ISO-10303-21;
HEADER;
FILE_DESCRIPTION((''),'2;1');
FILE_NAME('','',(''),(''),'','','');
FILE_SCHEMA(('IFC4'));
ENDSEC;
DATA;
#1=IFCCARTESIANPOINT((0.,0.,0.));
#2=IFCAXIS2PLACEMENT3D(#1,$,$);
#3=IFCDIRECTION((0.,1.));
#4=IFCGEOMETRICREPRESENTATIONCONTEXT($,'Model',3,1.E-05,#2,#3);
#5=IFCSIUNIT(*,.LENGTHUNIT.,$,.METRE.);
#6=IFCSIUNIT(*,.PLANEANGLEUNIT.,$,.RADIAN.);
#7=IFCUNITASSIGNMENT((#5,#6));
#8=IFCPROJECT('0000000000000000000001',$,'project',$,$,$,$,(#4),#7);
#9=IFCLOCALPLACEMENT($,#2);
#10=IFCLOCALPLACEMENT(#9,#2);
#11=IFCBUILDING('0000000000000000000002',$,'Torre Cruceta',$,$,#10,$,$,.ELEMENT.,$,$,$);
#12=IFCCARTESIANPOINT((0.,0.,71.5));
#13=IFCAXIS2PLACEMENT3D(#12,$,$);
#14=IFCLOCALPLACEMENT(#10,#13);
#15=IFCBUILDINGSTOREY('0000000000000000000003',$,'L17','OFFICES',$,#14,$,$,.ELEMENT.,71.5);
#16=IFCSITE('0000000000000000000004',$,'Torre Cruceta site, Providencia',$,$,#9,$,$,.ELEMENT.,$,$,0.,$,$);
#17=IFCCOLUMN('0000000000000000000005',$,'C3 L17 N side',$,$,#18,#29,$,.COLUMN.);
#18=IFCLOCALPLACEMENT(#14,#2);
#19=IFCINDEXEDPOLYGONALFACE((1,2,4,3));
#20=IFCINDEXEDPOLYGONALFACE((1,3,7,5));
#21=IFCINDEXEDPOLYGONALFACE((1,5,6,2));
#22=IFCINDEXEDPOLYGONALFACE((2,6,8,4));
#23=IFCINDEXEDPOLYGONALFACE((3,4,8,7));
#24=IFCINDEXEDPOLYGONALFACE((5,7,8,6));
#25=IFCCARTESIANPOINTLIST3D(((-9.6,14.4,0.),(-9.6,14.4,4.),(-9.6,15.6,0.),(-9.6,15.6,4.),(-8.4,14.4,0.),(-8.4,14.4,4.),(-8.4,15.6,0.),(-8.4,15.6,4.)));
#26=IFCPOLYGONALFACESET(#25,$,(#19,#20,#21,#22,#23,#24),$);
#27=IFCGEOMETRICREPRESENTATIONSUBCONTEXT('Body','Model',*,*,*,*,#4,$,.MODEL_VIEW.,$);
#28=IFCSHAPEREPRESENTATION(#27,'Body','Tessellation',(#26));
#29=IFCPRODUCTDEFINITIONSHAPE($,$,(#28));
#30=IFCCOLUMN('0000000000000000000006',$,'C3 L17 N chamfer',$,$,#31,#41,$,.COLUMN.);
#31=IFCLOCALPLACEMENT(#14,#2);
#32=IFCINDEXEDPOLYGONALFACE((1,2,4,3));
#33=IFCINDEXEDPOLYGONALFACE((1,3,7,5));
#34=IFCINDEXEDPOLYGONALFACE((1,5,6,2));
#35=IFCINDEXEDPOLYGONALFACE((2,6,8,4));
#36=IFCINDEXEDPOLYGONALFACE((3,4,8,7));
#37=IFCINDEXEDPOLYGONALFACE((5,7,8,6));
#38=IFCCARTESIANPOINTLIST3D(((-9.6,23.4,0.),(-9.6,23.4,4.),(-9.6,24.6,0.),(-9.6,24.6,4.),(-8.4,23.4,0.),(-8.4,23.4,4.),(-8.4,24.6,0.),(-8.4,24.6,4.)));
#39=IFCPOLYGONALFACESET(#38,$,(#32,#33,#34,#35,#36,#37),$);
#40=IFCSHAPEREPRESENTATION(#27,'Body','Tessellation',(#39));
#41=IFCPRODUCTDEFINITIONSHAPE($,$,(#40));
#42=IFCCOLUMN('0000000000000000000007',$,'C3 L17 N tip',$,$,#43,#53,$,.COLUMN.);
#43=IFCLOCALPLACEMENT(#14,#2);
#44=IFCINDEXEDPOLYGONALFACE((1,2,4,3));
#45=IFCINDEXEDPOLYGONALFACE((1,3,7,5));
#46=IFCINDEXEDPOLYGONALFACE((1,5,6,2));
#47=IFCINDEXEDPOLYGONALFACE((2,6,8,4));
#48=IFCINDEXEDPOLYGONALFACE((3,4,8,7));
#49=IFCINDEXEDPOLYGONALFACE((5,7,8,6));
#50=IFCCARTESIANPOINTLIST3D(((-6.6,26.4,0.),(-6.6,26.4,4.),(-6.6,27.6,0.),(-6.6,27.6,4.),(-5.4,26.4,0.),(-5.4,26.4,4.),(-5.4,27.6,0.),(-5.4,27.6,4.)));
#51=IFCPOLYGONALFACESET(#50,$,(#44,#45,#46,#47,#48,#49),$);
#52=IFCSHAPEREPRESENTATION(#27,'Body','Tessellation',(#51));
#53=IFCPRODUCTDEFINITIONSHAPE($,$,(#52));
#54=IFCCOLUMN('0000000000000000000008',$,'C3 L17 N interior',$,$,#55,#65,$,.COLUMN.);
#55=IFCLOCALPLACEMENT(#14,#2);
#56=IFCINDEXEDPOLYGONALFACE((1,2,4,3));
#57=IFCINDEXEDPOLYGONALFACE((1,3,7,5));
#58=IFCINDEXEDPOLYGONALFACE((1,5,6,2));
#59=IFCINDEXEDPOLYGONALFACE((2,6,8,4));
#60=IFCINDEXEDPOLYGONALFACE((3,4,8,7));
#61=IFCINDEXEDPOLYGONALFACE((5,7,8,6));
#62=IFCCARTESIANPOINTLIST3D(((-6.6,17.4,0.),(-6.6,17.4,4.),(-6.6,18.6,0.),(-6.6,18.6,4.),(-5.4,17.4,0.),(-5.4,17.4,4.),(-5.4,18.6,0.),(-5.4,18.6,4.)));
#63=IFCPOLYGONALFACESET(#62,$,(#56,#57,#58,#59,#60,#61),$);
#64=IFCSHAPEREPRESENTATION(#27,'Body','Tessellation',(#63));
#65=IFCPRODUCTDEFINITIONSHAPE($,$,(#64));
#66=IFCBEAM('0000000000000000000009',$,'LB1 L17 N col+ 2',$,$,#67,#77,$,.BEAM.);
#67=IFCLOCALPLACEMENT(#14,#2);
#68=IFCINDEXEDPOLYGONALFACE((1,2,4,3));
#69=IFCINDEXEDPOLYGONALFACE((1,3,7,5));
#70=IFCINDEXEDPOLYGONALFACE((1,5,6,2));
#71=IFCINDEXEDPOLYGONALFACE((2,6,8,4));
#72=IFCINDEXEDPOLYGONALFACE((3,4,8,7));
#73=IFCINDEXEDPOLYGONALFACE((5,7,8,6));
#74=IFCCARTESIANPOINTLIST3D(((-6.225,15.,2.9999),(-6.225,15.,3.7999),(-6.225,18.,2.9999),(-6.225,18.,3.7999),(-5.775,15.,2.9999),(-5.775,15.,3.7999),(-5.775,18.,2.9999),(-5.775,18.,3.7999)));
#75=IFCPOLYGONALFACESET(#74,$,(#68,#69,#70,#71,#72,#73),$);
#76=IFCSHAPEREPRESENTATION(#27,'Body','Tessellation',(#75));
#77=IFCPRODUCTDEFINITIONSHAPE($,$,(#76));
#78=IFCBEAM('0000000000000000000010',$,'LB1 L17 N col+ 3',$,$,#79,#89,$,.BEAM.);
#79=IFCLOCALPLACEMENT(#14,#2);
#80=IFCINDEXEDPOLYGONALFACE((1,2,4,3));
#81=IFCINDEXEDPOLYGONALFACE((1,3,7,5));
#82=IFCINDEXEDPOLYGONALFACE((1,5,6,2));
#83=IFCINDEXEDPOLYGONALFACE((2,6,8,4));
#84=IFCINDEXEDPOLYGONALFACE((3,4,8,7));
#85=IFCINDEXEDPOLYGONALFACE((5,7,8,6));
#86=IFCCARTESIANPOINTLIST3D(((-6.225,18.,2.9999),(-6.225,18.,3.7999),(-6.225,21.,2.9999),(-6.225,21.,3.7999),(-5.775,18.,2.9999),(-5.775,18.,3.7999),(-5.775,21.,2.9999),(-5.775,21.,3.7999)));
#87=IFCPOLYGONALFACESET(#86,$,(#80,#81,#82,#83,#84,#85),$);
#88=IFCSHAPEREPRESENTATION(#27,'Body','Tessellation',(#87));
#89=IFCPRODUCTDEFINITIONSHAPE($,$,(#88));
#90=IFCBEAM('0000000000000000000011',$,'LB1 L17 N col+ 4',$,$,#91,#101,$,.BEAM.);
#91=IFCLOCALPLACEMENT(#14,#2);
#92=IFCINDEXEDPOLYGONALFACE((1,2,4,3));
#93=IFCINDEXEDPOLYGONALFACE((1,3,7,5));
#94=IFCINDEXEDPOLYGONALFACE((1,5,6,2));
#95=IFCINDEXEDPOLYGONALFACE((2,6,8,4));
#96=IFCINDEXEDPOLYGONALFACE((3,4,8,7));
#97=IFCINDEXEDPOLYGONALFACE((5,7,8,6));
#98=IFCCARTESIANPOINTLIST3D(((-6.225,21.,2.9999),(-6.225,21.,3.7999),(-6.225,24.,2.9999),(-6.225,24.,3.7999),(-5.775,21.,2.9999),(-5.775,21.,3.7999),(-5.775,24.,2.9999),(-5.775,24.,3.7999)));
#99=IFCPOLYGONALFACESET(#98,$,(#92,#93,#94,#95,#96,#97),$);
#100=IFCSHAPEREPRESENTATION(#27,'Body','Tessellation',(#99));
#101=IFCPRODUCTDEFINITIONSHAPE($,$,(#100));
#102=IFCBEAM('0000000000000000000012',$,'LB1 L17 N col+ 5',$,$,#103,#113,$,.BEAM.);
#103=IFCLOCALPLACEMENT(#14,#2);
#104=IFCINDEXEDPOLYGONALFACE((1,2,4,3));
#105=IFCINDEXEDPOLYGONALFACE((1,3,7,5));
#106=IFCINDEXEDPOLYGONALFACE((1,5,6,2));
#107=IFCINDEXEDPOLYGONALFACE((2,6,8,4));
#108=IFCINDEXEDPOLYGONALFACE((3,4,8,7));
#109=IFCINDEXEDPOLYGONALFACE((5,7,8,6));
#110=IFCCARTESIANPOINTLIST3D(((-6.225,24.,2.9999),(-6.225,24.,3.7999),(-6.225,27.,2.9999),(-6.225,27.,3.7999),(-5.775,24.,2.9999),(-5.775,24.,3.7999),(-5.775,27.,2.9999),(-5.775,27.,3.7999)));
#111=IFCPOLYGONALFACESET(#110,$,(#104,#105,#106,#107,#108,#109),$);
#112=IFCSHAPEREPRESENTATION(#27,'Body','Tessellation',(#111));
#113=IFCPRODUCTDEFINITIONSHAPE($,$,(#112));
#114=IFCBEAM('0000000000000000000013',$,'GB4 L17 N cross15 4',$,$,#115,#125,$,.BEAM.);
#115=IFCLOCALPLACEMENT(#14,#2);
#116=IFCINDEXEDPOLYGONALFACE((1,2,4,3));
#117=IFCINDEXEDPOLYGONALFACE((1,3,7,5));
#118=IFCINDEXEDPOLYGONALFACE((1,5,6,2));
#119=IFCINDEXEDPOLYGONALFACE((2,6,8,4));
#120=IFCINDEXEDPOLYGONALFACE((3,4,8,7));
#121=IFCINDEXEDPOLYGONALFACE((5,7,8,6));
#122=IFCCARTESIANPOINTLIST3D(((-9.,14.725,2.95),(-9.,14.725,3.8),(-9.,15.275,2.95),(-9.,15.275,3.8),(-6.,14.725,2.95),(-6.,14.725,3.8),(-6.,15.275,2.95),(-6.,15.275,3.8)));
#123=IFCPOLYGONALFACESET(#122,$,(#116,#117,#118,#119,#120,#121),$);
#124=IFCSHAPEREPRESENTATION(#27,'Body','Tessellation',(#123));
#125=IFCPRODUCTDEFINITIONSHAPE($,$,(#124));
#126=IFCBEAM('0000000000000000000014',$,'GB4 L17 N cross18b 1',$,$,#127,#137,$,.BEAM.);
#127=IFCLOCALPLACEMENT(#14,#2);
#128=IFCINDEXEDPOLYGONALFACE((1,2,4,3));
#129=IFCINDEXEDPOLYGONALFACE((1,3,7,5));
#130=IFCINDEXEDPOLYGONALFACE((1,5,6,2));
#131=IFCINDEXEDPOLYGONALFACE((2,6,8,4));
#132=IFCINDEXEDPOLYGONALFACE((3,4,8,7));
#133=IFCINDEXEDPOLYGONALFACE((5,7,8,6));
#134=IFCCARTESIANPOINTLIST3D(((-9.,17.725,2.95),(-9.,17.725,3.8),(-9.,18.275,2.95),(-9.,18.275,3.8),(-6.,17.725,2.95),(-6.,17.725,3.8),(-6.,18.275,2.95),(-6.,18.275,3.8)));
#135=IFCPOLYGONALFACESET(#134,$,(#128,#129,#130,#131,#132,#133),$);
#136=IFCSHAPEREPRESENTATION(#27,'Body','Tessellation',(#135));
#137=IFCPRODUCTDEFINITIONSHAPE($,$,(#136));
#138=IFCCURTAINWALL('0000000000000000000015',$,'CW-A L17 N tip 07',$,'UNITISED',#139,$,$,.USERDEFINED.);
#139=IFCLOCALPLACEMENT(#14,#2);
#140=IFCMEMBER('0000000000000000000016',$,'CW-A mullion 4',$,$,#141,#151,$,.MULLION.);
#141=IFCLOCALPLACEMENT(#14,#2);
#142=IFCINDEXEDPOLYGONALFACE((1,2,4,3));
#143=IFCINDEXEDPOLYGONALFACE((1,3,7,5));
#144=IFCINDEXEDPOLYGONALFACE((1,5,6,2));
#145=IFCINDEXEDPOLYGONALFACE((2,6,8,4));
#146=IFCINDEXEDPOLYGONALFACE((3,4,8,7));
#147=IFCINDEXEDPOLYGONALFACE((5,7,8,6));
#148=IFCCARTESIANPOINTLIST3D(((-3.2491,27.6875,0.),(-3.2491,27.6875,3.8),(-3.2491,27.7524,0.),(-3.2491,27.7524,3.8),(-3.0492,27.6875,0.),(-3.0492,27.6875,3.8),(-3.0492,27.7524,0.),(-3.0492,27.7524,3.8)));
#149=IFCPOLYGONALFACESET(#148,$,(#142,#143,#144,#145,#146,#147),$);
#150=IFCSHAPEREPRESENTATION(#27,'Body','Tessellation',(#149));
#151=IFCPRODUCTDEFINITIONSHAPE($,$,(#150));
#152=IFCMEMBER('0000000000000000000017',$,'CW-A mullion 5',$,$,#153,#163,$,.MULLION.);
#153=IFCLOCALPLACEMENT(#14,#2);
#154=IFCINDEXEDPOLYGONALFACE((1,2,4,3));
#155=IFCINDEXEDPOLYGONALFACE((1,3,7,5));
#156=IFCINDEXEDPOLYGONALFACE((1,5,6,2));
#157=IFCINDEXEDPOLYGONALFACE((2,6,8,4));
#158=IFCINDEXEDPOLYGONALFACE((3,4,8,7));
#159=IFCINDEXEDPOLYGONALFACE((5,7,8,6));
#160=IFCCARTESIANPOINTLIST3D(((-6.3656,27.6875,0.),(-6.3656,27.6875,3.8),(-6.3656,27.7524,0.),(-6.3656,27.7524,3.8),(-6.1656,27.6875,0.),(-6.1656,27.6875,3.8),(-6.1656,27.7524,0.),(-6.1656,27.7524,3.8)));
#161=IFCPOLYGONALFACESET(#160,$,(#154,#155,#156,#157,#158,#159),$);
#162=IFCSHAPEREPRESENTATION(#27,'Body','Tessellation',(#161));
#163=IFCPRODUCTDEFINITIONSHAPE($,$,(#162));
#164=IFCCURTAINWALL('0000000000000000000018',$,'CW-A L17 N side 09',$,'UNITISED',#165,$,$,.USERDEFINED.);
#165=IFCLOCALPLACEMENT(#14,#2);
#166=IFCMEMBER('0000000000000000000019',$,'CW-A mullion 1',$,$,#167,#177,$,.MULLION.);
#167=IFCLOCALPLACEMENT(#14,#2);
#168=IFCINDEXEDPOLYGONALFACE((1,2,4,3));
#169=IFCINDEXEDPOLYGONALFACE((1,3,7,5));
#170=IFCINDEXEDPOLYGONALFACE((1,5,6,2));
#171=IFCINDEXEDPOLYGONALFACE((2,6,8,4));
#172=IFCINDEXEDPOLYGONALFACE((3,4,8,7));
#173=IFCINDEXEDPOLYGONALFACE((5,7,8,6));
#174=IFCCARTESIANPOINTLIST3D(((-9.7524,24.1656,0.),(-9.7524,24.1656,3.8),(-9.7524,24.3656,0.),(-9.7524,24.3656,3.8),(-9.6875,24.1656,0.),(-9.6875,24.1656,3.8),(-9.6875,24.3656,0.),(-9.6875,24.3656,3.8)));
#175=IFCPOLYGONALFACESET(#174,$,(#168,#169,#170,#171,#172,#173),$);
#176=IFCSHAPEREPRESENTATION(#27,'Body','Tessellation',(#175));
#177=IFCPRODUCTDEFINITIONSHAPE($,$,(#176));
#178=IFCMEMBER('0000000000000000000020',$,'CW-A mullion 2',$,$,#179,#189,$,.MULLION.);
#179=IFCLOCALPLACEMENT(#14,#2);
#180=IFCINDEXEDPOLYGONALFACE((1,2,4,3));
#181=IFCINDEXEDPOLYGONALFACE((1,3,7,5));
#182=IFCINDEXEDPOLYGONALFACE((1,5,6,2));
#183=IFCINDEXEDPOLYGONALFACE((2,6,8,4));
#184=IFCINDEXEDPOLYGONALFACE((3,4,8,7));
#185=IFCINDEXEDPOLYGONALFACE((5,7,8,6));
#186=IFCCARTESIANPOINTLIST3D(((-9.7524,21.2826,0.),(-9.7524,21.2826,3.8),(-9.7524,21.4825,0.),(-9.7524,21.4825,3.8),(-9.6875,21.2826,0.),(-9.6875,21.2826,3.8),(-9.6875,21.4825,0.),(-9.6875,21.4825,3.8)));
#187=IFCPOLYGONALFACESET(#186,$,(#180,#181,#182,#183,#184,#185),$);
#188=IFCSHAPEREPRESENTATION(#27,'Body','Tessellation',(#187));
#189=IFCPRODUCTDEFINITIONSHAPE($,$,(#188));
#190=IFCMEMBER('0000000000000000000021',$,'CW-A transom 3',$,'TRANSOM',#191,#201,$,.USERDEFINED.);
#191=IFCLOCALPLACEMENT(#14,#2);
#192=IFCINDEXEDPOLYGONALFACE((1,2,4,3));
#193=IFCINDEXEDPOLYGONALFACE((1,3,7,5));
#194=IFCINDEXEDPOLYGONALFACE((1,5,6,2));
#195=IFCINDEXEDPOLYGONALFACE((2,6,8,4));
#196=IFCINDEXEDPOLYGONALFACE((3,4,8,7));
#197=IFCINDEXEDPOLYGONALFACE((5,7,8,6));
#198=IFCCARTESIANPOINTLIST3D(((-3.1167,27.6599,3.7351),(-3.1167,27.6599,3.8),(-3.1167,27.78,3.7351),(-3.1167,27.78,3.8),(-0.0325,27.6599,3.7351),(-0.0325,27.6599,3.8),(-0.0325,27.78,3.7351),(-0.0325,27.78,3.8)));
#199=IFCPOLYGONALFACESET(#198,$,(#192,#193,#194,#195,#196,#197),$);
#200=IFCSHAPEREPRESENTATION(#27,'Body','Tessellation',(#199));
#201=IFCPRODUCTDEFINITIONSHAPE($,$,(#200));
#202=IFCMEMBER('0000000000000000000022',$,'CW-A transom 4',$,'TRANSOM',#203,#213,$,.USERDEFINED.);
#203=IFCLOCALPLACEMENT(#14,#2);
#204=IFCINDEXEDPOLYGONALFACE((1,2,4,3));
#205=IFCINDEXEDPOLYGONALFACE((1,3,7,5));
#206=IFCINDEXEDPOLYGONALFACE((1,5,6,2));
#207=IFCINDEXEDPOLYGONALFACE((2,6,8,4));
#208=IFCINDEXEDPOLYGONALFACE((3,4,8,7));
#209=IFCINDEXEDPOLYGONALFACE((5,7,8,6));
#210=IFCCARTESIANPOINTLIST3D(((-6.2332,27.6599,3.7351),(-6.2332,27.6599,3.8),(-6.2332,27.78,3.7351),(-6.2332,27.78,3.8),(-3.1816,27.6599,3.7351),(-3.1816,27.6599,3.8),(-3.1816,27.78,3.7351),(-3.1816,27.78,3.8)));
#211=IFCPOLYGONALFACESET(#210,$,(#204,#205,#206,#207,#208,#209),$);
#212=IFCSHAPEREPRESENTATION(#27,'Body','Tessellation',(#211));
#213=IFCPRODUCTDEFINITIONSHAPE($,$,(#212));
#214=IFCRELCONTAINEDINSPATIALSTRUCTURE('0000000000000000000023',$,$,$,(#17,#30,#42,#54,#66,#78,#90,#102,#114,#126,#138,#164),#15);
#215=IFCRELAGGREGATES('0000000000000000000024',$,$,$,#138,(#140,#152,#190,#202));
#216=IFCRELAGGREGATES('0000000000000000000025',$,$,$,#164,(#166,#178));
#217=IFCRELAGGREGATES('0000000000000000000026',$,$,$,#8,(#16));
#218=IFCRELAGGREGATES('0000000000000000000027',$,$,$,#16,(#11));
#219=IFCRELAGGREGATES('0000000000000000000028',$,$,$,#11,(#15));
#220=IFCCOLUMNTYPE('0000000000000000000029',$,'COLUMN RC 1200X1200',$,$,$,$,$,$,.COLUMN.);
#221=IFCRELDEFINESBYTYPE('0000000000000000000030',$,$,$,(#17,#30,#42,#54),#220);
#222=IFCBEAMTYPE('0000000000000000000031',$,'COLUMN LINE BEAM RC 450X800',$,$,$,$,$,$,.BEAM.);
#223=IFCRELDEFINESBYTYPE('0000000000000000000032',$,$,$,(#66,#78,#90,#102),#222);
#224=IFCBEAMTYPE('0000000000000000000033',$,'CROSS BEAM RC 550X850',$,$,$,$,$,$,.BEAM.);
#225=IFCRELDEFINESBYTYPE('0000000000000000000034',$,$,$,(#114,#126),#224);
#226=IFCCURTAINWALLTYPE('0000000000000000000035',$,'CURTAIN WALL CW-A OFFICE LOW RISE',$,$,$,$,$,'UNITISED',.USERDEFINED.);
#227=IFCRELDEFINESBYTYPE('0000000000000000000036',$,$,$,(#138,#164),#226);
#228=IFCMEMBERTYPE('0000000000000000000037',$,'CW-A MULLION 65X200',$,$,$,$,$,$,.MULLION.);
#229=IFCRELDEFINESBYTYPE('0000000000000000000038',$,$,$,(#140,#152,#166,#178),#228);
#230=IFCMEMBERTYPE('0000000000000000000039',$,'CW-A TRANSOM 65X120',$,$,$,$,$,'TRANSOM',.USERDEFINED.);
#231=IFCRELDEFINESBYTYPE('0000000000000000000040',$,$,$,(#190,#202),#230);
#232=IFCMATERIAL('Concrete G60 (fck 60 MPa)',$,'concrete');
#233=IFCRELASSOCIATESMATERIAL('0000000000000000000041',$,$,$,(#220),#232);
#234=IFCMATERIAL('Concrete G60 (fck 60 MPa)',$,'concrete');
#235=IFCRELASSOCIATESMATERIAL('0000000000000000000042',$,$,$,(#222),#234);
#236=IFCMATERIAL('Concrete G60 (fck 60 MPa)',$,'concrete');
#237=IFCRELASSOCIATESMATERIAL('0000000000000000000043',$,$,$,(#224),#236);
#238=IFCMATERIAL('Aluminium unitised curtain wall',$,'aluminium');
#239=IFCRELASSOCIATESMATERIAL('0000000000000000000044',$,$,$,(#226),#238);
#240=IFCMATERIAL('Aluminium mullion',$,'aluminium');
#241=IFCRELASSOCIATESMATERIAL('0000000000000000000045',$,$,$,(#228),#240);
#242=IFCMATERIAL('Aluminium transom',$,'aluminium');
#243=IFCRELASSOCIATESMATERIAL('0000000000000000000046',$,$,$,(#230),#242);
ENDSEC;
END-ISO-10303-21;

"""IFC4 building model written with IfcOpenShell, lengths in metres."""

from ifc_helpers import new_model, si_unit, direction, frame, origin, origin_2d, place, context, subcontext, project, spatial, rectangle, extrude, material, material_profile, profile_set, type_object, element, aggregate, save


model = new_model("IFC4")

# Units and contexts
model_context = context("Model", 3, precision=1e-05, world=origin(), true_north=direction((0.0, 1.0)))
body_context = subcontext(model_context, "Body", "Model", "MODEL_VIEW")
ifc_project = project(units=[si_unit("LENGTHUNIT", "METRE"), si_unit("PLANEANGLEUNIT", "RADIAN")], contexts=[model_context])

# Site, building, storey
site_placement = place(None, origin())
site = spatial("IfcSite", under=ifc_project, at=site_placement, Name="Torre Cruceta site, Providencia", CompositionType="ELEMENT", RefElevation=0.0)
building_placement = place(site_placement, origin())
building = spatial("IfcBuilding", under=site, at=building_placement, Name="Torre Cruceta", CompositionType="ELEMENT")
storey_placement = place(building_placement, frame((0.0, 0.0, 71.5)))
storey = spatial("IfcBuildingStorey", under=building, at=storey_placement, Name="L17", Description="OFFICES", CompositionType="ELEMENT", Elevation=71.5)

# Columns
ifc_material_1 = material(Name="Concrete G60 (fck 60 MPa)", Category="concrete")
ifc_material_profile_1 = material_profile(ifc_material_1, rectangle(XDim=1.2, YDim=1.2, at=origin_2d()), Name="RC 1200X1200")
ifc_profile_set_1 = profile_set([ifc_material_profile_1], Name="Concrete G60 (fck 60 MPa)")
column_type = type_object("IfcColumnType", Name="COLUMN RC 1200X1200", PredefinedType="COLUMN", material=ifc_profile_set_1)
for number, where, z_axis, x_axis, name in (
    (1, (-9.0, 15.0, 0.0), (0.0, 0.0, 1.0), (1.0, 0.0, 0.0), "C3 L17 N side"),
    (2, (-9.0, 24.0, 0.0), (0.0, 0.0, 1.0), (1.0, 0.0, 0.0), "C3 L17 N chamfer"),
    (3, (-6.0, 27.0, 0.0), (0.0, 0.0, 1.0), (1.0, 0.0, 0.0), "C3 L17 N tip"),
    (4, (-6.0, 18.0, 0.0), (0.0, 0.0, 1.0), (1.0, 0.0, 0.0), "C3 L17 N interior"),
):
    element("IfcColumn", number, at=place(storey_placement, frame(where, z_axis=z_axis, x_axis=x_axis)), inside=storey, type_object=column_type, Name=name, PredefinedType="COLUMN", context=body_context, shape_type="SweptSolid", body=[
        extrude(rectangle(XDim=1.2, YDim=1.2, at=origin_2d()), origin(), (0.0, 0.0, 1.0), 4.0),
    ])

# Beams
ifc_material_2 = material(Name="Concrete G60 (fck 60 MPa)", Category="concrete")
ifc_material_profile_2 = material_profile(ifc_material_2, rectangle(XDim=0.45, YDim=0.8, at=origin_2d()), Name="RC 450X800")
ifc_profile_set_2 = profile_set([ifc_material_profile_2], Name="Concrete G60 (fck 60 MPa)")
beam_type_1 = type_object("IfcBeamType", Name="COLUMN LINE BEAM RC 450X800", PredefinedType="BEAM", material=ifc_profile_set_2)
for number, where, z_axis, x_axis, name in (
    (5, (-6.0, 15.0, 3.3999), (0.0, 1.0, 0.0), (-1.0, 0.0, 0.0), "LB1 L17 N col+ 2"),
    (6, (-6.0, 18.0, 3.3999), (0.0, 1.0, 0.0), (-1.0, 0.0, 0.0), "LB1 L17 N col+ 3"),
    (7, (-6.0, 21.0, 3.3999), (0.0, 1.0, 0.0), (-1.0, 0.0, 0.0), "LB1 L17 N col+ 4"),
    (8, (-6.0, 24.0, 3.3999), (0.0, 1.0, 0.0), (-1.0, 0.0, 0.0), "LB1 L17 N col+ 5"),
):
    element("IfcBeam", number, at=place(storey_placement, frame(where, z_axis=z_axis, x_axis=x_axis)), inside=storey, type_object=beam_type_1, Name=name, PredefinedType="BEAM", context=body_context, shape_type="SweptSolid", body=[
        extrude(rectangle(XDim=0.45, YDim=0.8, at=origin_2d()), origin(), (0.0, 0.0, 1.0), 3.0),
    ])
ifc_material_3 = material(Name="Concrete G60 (fck 60 MPa)", Category="concrete")
ifc_material_profile_3 = material_profile(ifc_material_3, rectangle(XDim=0.55, YDim=0.8501, at=origin_2d()), Name="RC 550X850")
ifc_profile_set_3 = profile_set([ifc_material_profile_3], Name="Concrete G60 (fck 60 MPa)")
beam_type_2 = type_object("IfcBeamType", Name="CROSS BEAM RC 550X850", PredefinedType="BEAM", material=ifc_profile_set_3)
for number, where, z_axis, x_axis, name in (
    (9, (-6.0, 15.0, 3.375), (-1.0, 0.0, 0.0), (0.0, -1.0, 0.0), "GB4 L17 N cross15 4"),
    (10, (-6.0, 18.0, 3.375), (-1.0, 0.0, 0.0), (0.0, -1.0, 0.0), "GB4 L17 N cross18b 1"),
):
    element("IfcBeam", number, at=place(storey_placement, frame(where, z_axis=z_axis, x_axis=x_axis)), inside=storey, type_object=beam_type_2, Name=name, PredefinedType="BEAM", context=body_context, shape_type="SweptSolid", body=[
        extrude(rectangle(XDim=0.55, YDim=0.8501, at=origin_2d()), origin(), (0.0, 0.0, 1.0), 3.0),
    ])

# Curtain walls, members
ifc_material_4 = material(Name="Aluminium unitised curtain wall", Category="aluminium")
curtain_wall_type = type_object("IfcCurtainWallType", Name="CURTAIN WALL CW-A OFFICE LOW RISE", ElementType="UNITISED", PredefinedType="USERDEFINED", material=ifc_material_4)
curtain_wall_1_placement = place(storey_placement, origin())
curtain_wall_1 = element("IfcCurtainWall", 11, at=curtain_wall_1_placement, inside=storey, type_object=curtain_wall_type, Name="CW-A L17 N tip 07", ObjectType="UNITISED", PredefinedType="USERDEFINED")
ifc_material_5 = material(Name="Aluminium mullion", Category="aluminium")
ifc_material_profile_4 = material_profile(ifc_material_5, rectangle(XDim=0.0649, YDim=0.2, at=origin_2d()), Name="AL 65X200")
ifc_profile_set_4 = profile_set([ifc_material_profile_4], Name="Aluminium mullion")
member_type_1 = type_object("IfcMemberType", Name="CW-A MULLION 65X200", PredefinedType="MULLION", material=ifc_profile_set_4)
member_1_placement = place(storey_placement, frame((-3.1492, 27.72, 0.0), z_axis=(0.0, 0.0, 1.0), x_axis=(0.0, -1.0, 0.0)))
member_1 = element("IfcMember", 12, at=member_1_placement, type_object=member_type_1, Name="CW-A mullion 4", PredefinedType="MULLION", context=body_context, shape_type="SweptSolid", body=[
    extrude(rectangle(XDim=0.0649, YDim=0.2, at=origin_2d()), origin(), (0.0, 0.0, 1.0), 3.8),
])
member_2_placement = place(storey_placement, frame((-6.2656, 27.72, 0.0), z_axis=(0.0, 0.0, 1.0), x_axis=(0.0, -1.0, 0.0)))
member_2 = element("IfcMember", 13, at=member_2_placement, type_object=member_type_1, Name="CW-A mullion 5", PredefinedType="MULLION", context=body_context, shape_type="SweptSolid", body=[
    extrude(rectangle(XDim=0.0649, YDim=0.2, at=origin_2d()), origin(), (0.0, 0.0, 1.0), 3.8),
])
curtain_wall_2_placement = place(storey_placement, origin())
curtain_wall_2 = element("IfcCurtainWall", 14, at=curtain_wall_2_placement, inside=storey, type_object=curtain_wall_type, Name="CW-A L17 N side 09", ObjectType="UNITISED", PredefinedType="USERDEFINED")
member_3_placement = place(storey_placement, frame((-9.72, 24.2656, 0.0), z_axis=(0.0, 0.0, 1.0), x_axis=(1.0, 0.0, 0.0)))
member_3 = element("IfcMember", 15, at=member_3_placement, type_object=member_type_1, Name="CW-A mullion 1", PredefinedType="MULLION", context=body_context, shape_type="SweptSolid", body=[
    extrude(rectangle(XDim=0.0649, YDim=0.2, at=origin_2d()), origin(), (0.0, 0.0, 1.0), 3.8),
])
member_4_placement = place(storey_placement, frame((-9.72, 21.3826, 0.0), z_axis=(0.0, 0.0, 1.0), x_axis=(1.0, 0.0, 0.0)))
member_4 = element("IfcMember", 16, at=member_4_placement, type_object=member_type_1, Name="CW-A mullion 2", PredefinedType="MULLION", context=body_context, shape_type="SweptSolid", body=[
    extrude(rectangle(XDim=0.0649, YDim=0.2, at=origin_2d()), origin(), (0.0, 0.0, 1.0), 3.8),
])

# Members
ifc_material_6 = material(Name="Aluminium transom", Category="aluminium")
ifc_material_profile_5 = material_profile(ifc_material_6, rectangle(XDim=0.1201, YDim=0.0649, at=origin_2d()), Name="AL 120X65")
ifc_profile_set_5 = profile_set([ifc_material_profile_5], Name="Aluminium transom")
member_type_2 = type_object("IfcMemberType", Name="CW-A TRANSOM 65X120", ElementType="TRANSOM", PredefinedType="USERDEFINED", material=ifc_profile_set_5)
member_5_placement = place(storey_placement, frame((-0.0325, 27.72, 3.7676), z_axis=(-1.0, 0.0, 0.0), x_axis=(0.0, -1.0, 0.0)))
member_5 = element("IfcMember", 17, at=member_5_placement, type_object=member_type_2, Name="CW-A transom 3", ObjectType="TRANSOM", PredefinedType="USERDEFINED", context=body_context, shape_type="SweptSolid", body=[
    extrude(rectangle(XDim=0.1201, YDim=0.0649, at=origin_2d()), origin(), (0.0, 0.0, 1.0), 3.0842),
])
member_6_placement = place(storey_placement, frame((-3.1816, 27.72, 3.7676), z_axis=(-1.0, 0.0, 0.0), x_axis=(0.0, -1.0, 0.0)))
member_6 = element("IfcMember", 18, at=member_6_placement, type_object=member_type_2, Name="CW-A transom 4", ObjectType="TRANSOM", PredefinedType="USERDEFINED", context=body_context, shape_type="SweptSolid", body=[
    extrude(rectangle(XDim=0.1201, YDim=0.0649, at=origin_2d()), origin(), (0.0, 0.0, 1.0), 3.0515),
])

aggregate(curtain_wall_1, [member_1, member_2, member_5, member_6])
aggregate(curtain_wall_2, [member_3, member_4])

save(model, "model.ifc")
